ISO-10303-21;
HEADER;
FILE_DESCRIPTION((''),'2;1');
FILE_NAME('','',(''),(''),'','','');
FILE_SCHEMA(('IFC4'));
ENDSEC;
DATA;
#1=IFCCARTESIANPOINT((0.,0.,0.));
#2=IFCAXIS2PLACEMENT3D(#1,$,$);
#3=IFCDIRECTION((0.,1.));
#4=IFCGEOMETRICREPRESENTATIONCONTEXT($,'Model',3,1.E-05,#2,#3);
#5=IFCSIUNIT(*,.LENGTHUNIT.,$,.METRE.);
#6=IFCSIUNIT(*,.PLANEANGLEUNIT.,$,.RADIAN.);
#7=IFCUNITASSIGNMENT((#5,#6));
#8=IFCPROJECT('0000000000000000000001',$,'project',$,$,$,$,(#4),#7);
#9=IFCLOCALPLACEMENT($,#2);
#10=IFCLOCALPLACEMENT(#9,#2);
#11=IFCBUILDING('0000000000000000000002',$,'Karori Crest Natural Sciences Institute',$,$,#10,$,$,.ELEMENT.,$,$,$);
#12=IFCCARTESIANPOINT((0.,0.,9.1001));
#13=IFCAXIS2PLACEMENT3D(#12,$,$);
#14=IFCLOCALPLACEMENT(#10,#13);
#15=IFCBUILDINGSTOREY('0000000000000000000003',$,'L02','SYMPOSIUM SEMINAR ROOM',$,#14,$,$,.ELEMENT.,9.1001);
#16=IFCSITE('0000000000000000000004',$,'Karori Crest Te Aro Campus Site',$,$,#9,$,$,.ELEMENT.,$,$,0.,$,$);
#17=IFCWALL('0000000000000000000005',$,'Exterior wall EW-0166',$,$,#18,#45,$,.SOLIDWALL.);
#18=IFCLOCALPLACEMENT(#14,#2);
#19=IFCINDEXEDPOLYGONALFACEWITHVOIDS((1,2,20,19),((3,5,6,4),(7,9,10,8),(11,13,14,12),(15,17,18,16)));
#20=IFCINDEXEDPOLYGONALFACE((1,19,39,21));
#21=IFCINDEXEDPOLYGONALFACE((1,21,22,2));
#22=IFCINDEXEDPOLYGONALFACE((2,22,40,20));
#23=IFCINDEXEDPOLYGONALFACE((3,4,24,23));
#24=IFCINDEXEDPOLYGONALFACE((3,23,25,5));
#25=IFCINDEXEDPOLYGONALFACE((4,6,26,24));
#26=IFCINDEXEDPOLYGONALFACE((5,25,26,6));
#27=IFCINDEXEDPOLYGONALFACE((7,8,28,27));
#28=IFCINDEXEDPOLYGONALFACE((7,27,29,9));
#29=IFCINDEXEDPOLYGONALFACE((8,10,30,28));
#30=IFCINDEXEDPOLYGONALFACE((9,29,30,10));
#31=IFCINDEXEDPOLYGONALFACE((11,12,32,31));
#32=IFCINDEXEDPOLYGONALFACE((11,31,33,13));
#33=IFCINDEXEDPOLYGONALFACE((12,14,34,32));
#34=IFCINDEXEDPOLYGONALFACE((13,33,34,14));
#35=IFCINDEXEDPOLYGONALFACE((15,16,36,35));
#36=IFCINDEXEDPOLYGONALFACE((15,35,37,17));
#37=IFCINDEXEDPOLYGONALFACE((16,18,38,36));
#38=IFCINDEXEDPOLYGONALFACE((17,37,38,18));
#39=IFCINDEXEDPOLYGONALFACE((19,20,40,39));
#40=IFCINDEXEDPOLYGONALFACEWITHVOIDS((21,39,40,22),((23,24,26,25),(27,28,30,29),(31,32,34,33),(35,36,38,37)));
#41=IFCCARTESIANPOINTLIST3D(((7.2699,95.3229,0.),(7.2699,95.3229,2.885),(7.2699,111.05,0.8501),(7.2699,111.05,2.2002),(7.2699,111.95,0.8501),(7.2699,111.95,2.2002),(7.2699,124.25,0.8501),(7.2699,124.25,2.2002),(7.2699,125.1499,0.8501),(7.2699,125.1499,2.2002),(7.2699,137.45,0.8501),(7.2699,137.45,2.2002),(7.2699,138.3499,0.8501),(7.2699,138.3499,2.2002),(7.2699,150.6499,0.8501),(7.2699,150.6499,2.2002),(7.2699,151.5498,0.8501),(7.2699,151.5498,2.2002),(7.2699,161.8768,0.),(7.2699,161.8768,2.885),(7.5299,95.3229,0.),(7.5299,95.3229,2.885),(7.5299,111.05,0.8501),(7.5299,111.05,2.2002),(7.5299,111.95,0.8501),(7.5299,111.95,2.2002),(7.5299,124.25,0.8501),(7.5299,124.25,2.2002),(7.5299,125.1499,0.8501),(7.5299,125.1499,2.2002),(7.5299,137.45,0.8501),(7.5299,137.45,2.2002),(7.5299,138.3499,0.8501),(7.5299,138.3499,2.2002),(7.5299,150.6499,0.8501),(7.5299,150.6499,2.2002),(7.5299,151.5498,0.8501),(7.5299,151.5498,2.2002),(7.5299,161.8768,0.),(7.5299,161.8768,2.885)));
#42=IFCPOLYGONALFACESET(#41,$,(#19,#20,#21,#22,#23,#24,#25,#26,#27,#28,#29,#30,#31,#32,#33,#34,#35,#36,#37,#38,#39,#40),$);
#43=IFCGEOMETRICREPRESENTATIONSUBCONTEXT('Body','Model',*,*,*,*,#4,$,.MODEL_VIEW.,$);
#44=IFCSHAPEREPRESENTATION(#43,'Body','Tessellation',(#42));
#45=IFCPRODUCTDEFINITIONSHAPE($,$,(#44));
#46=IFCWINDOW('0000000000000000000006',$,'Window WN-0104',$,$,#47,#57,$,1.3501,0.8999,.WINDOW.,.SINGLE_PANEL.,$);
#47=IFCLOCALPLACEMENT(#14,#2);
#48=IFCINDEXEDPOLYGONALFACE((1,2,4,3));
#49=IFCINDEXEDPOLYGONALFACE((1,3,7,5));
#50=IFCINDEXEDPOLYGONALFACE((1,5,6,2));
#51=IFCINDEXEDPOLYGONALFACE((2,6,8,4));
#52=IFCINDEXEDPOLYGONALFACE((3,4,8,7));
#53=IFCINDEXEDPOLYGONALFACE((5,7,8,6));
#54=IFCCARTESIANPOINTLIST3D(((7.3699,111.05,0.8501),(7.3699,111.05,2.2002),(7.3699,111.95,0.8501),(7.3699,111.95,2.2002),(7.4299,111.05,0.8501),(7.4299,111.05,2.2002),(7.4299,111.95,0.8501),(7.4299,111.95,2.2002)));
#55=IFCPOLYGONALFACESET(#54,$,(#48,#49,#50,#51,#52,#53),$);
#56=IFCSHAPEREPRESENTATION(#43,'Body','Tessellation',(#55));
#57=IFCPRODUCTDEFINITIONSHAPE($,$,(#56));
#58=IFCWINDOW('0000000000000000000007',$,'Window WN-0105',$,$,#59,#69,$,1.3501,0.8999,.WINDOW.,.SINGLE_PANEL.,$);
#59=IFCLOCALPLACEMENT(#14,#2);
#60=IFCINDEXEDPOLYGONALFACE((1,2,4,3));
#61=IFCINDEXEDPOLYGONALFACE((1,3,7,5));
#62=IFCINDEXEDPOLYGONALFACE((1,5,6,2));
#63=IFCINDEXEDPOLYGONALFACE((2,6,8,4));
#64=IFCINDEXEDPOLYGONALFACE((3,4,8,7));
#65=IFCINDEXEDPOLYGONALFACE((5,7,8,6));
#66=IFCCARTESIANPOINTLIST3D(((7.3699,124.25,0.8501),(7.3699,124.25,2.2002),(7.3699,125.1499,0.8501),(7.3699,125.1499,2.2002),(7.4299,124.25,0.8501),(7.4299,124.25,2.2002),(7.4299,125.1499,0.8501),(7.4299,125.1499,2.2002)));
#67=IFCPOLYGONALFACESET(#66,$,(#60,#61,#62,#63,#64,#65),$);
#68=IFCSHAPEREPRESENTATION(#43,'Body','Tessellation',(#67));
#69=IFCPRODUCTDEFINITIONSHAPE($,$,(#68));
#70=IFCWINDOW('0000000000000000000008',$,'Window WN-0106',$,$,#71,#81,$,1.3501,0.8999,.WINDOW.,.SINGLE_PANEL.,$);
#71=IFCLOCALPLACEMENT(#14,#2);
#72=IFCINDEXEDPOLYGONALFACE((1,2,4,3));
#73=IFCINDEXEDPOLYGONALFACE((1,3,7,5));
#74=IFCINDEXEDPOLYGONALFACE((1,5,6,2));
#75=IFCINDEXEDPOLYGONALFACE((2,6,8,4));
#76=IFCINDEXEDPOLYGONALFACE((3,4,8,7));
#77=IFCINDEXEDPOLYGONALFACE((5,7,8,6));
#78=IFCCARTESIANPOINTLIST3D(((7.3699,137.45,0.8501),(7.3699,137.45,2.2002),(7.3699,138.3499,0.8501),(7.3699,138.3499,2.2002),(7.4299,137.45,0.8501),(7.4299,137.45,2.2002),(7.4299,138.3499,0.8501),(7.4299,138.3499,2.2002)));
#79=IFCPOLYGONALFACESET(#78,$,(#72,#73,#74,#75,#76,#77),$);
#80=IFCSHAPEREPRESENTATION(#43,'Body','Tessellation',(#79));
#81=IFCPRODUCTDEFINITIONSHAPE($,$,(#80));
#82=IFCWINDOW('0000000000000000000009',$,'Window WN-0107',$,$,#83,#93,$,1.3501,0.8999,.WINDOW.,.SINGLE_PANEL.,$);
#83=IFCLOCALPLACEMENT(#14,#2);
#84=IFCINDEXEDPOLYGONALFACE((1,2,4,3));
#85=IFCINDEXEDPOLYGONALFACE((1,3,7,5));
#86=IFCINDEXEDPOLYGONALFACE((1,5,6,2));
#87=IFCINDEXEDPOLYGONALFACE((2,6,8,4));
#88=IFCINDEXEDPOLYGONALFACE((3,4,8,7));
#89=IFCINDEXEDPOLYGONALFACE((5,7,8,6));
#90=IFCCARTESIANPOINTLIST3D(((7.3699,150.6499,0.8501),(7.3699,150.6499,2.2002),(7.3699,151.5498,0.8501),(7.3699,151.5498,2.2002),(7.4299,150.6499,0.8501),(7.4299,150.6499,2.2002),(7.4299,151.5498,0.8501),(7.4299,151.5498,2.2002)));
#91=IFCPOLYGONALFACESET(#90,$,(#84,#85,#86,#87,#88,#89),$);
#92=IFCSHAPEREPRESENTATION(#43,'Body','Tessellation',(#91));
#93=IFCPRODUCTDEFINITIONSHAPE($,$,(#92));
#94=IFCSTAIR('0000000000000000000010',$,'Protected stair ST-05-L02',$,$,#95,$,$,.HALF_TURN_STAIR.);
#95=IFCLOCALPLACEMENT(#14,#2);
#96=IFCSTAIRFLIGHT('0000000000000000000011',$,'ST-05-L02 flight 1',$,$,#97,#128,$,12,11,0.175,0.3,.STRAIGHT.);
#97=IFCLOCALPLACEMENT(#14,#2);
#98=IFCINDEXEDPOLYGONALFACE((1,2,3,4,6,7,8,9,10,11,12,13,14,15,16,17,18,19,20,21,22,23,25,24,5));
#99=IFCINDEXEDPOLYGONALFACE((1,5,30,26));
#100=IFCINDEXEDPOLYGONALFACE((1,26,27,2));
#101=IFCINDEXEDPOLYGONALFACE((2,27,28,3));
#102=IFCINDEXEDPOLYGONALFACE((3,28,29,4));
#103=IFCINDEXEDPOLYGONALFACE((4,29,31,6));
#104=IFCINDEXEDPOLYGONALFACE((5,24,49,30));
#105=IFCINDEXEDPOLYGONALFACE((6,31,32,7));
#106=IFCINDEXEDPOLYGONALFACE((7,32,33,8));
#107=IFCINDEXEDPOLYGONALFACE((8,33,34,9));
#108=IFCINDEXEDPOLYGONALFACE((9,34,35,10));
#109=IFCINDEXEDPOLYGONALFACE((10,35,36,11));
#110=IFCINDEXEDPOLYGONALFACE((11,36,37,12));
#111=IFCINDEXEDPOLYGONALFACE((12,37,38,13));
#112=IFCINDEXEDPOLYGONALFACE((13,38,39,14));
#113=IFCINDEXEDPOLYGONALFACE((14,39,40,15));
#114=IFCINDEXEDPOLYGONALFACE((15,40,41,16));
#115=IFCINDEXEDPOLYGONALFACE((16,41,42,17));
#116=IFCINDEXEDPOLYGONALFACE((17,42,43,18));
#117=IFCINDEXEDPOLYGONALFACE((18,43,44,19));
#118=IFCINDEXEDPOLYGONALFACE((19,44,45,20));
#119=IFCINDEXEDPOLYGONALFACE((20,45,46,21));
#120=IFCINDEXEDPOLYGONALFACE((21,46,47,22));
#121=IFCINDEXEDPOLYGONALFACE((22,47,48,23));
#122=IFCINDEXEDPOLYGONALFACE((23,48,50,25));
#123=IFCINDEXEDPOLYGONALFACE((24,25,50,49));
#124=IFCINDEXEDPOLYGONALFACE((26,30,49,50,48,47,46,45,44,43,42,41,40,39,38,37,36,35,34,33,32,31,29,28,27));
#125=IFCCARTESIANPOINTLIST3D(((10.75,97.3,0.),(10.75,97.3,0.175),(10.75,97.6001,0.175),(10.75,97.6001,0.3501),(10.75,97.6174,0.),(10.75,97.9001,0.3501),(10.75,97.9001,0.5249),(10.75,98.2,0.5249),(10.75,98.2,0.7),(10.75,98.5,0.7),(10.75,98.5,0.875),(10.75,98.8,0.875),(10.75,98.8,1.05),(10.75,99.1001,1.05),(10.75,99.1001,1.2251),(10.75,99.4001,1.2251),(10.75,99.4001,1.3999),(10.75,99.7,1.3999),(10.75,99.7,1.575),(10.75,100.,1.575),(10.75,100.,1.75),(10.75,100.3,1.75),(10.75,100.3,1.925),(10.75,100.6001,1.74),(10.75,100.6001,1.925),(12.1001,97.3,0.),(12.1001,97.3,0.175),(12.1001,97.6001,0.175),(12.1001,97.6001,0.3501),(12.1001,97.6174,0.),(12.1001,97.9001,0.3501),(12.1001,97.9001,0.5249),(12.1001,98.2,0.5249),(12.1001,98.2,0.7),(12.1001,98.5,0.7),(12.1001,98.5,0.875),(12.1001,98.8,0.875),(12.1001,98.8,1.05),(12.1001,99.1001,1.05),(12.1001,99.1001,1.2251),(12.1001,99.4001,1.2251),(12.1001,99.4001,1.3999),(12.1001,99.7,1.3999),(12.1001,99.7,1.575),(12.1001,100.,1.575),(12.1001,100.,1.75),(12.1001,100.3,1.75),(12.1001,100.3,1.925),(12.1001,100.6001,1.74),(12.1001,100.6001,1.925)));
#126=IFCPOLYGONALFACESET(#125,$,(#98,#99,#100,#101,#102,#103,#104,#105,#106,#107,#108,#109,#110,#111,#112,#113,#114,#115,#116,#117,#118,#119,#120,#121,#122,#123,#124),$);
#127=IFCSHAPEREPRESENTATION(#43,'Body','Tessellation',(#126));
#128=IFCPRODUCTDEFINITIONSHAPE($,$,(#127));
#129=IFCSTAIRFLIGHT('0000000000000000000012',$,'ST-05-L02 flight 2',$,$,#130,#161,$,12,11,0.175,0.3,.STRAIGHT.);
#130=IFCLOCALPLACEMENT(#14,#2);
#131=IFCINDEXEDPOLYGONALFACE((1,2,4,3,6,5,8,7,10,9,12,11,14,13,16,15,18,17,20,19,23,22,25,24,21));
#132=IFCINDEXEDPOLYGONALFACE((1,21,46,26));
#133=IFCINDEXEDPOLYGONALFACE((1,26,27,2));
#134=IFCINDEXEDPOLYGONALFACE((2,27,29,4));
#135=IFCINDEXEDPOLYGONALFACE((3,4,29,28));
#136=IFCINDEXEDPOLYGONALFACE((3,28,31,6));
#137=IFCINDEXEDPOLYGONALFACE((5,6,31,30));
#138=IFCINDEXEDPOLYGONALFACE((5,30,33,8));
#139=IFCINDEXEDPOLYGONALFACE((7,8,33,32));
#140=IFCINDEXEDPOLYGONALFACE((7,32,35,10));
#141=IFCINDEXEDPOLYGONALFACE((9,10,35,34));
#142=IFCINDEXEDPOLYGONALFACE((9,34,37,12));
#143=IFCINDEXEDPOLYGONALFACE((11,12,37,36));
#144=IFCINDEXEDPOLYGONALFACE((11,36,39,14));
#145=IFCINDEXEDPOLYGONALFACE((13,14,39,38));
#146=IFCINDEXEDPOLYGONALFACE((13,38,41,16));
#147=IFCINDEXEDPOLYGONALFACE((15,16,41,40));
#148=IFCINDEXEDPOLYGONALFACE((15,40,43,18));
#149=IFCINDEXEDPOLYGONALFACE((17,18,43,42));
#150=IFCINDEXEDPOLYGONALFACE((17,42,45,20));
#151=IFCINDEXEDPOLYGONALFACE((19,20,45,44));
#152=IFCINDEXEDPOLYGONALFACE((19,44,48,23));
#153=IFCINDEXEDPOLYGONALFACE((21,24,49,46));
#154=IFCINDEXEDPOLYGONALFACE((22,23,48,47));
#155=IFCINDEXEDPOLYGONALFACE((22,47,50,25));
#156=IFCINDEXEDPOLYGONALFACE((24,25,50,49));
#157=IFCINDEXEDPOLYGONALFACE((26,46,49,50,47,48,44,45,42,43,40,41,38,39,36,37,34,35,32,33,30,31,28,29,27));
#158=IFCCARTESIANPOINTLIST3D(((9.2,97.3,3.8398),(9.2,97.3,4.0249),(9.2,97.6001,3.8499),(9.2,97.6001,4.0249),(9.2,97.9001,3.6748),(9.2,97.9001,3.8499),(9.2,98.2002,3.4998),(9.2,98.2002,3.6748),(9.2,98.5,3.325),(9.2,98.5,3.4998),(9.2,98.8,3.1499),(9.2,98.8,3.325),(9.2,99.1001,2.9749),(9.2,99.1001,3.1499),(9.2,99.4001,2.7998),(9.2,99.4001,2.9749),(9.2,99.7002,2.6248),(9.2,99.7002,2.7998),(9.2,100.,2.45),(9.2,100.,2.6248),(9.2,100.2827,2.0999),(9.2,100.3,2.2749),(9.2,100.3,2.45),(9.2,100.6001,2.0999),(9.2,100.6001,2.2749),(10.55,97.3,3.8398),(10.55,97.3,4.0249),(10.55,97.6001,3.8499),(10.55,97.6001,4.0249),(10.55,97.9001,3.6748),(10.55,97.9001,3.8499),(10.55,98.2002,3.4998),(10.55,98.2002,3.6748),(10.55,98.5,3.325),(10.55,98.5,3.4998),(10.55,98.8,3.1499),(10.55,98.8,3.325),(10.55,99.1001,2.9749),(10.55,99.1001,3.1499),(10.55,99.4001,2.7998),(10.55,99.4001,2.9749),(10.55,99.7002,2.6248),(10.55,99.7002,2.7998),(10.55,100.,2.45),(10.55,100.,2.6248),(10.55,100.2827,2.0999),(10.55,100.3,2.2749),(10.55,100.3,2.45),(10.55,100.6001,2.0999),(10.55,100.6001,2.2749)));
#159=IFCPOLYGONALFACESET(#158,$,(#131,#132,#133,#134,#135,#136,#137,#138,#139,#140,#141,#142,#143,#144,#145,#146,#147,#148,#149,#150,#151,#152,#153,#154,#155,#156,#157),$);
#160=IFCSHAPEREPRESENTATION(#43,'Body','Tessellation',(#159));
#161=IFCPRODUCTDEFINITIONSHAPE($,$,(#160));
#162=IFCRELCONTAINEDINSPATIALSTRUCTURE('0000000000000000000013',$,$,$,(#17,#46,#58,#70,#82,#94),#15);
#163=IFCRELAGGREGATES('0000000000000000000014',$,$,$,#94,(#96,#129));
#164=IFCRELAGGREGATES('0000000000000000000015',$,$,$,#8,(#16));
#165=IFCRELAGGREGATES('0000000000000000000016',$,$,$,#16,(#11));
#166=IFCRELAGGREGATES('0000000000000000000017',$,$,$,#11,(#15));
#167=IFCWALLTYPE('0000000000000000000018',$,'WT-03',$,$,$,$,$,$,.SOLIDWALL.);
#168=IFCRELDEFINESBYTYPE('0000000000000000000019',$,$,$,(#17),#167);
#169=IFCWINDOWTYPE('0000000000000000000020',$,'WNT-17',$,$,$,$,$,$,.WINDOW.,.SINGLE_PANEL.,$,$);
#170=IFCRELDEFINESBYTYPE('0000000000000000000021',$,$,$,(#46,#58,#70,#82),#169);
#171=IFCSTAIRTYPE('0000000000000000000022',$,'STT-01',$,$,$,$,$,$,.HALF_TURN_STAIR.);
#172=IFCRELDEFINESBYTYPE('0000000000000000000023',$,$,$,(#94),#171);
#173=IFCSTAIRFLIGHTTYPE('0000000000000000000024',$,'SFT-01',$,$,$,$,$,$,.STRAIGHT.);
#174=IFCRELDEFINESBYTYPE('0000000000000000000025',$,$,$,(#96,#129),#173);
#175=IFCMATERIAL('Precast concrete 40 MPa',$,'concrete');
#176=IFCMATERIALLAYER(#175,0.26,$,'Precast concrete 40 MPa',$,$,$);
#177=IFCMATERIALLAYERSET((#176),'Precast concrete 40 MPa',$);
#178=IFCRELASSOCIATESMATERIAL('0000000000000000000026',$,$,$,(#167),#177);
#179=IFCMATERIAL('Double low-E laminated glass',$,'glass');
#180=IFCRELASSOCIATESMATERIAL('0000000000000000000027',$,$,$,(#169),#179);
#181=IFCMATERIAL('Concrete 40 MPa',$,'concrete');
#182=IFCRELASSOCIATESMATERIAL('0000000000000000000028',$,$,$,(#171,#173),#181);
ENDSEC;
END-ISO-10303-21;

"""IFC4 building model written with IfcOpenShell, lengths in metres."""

from ifc_helpers import new_model, si_unit, direction, frame, frame_2d, origin, place, context, subcontext, project, spatial, polyline, rectangle, outline, extrude, material, layer, layer_set, type_object, element, fill, aggregate, save


model = new_model("IFC4")

# Units and contexts
model_context = context("Model", 3, precision=1e-05, world=origin(), true_north=direction((0.0, 1.0)))
body_context = subcontext(model_context, "Body", "Model", "MODEL_VIEW")
ifc_project = project(units=[si_unit("LENGTHUNIT", "METRE"), si_unit("PLANEANGLEUNIT", "RADIAN")], contexts=[model_context])

# Site, building, storey
site_placement = place(None, origin())
site = spatial("IfcSite", under=ifc_project, at=site_placement, Name="Karori Crest Te Aro Campus Site", CompositionType="ELEMENT", RefElevation=0.0)
building_placement = place(site_placement, origin())
building = spatial("IfcBuilding", under=site, at=building_placement, Name="Karori Crest Natural Sciences Institute", CompositionType="ELEMENT")
storey_placement = place(building_placement, frame((0.0, 0.0, 9.1001)))
storey = spatial("IfcBuildingStorey", under=building, at=storey_placement, Name="L02", Description="SYMPOSIUM SEMINAR ROOM", CompositionType="ELEMENT", Elevation=9.1001)

# Wall, openings, windows
ifc_material_1 = material(Name="Precast concrete 40 MPa", Category="concrete")
ifc_layer_1 = layer(ifc_material_1, 0.26, Name="Precast concrete 40 MPa")
ifc_layer_set_1 = layer_set([ifc_layer_1], Name="Precast concrete 40 MPa")
wall_type_1 = type_object("IfcWallType", Name="WT-03", PredefinedType="SOLIDWALL", material=ifc_layer_set_1)
wall_1_placement = place(storey_placement, frame((7.3999, 95.323, 0.0), z_axis=(0.0, 0.0, 1.0), x_axis=(0.0, 1.0, 0.0)))
wall_1 = element("IfcWall", 1, at=wall_1_placement, inside=storey, type_object=wall_type_1, Name="Exterior wall EW-0166", PredefinedType="SOLIDWALL", context=body_context, shape_type="SweptSolid", body=[
    extrude(rectangle(XDim=66.554, YDim=0.26, at=frame_2d((33.2769, 0.0))), origin(), (0.0, 0.0, 1.0), 2.885),
])
opening_1_placement = place(wall_1_placement, frame((15.7271, 0.0, 0.8501)))
opening_1 = element("IfcOpeningElement", 2, at=opening_1_placement, cuts=wall_1, PredefinedType="OPENING", context=body_context, shape_type="SweptSolid", body=[
    extrude(rectangle(XDim=0.8999, YDim=1.3501, at=frame_2d((0.45, 0.675))), frame((0.0, 0.1401, 0.0), z_axis=(0.0, -1.0, 0.0), x_axis=(1.0, 0.0, 0.0)), (0.0, 0.0, 1.0), 0.28),
])
opening_2_placement = place(wall_1_placement, frame((28.927, 0.0, 0.8501)))
opening_2 = element("IfcOpeningElement", 3, at=opening_2_placement, cuts=wall_1, PredefinedType="OPENING", context=body_context, shape_type="SweptSolid", body=[
    extrude(rectangle(XDim=0.8999, YDim=1.3501, at=frame_2d((0.45, 0.675))), frame((0.0, 0.1401, 0.0), z_axis=(0.0, -1.0, 0.0), x_axis=(1.0, 0.0, 0.0)), (0.0, 0.0, 1.0), 0.28),
])
opening_3_placement = place(wall_1_placement, frame((42.127, 0.0, 0.8501)))
opening_3 = element("IfcOpeningElement", 4, at=opening_3_placement, cuts=wall_1, PredefinedType="OPENING", context=body_context, shape_type="SweptSolid", body=[
    extrude(rectangle(XDim=0.8999, YDim=1.3501, at=frame_2d((0.45, 0.675))), frame((0.0, 0.1401, 0.0), z_axis=(0.0, -1.0, 0.0), x_axis=(1.0, 0.0, 0.0)), (0.0, 0.0, 1.0), 0.28),
])
opening_4_placement = place(wall_1_placement, frame((55.3269, 0.0, 0.8501)))
opening_4 = element("IfcOpeningElement", 5, at=opening_4_placement, cuts=wall_1, PredefinedType="OPENING", context=body_context, shape_type="SweptSolid", body=[
    extrude(rectangle(XDim=0.8999, YDim=1.3501, at=frame_2d((0.45, 0.675))), frame((0.0, 0.1401, 0.0), z_axis=(0.0, -1.0, 0.0), x_axis=(1.0, 0.0, 0.0)), (0.0, 0.0, 1.0), 0.28),
])
ifc_material_2 = material(Name="Double low-E laminated glass", Category="glass")
window_type = type_object("IfcWindowType", Name="WNT-17", PartitioningType="SINGLE_PANEL", PredefinedType="WINDOW", material=ifc_material_2)
window_1_placement = place(opening_1_placement, origin())
window_1 = element("IfcWindow", 6, at=window_1_placement, inside=storey, type_object=window_type, Name="Window WN-0104", OverallHeight=1.3501, OverallWidth=0.8999, PartitioningType="SINGLE_PANEL", PredefinedType="WINDOW", context=body_context, shape_type="SweptSolid", body=[
    extrude(rectangle(XDim=0.8999, YDim=1.3501, at=frame_2d((0.45, 0.675))), frame((0.0, 0.03, 0.0), z_axis=(0.0, -1.0, 0.0), x_axis=(1.0, 0.0, 0.0)), (0.0, 0.0, 1.0), 0.0601),
])
fill(opening_1, window_1)
window_2_placement = place(opening_2_placement, origin())
window_2 = element("IfcWindow", 7, at=window_2_placement, inside=storey, type_object=window_type, Name="Window WN-0105", OverallHeight=1.3501, OverallWidth=0.8999, PartitioningType="SINGLE_PANEL", PredefinedType="WINDOW", context=body_context, shape_type="SweptSolid", body=[
    extrude(rectangle(XDim=0.8999, YDim=1.3501, at=frame_2d((0.45, 0.675))), frame((0.0, 0.03, 0.0), z_axis=(0.0, -1.0, 0.0), x_axis=(1.0, 0.0, 0.0)), (0.0, 0.0, 1.0), 0.0601),
])
fill(opening_2, window_2)
window_3_placement = place(opening_3_placement, origin())
window_3 = element("IfcWindow", 8, at=window_3_placement, inside=storey, type_object=window_type, Name="Window WN-0106", OverallHeight=1.3501, OverallWidth=0.8999, PartitioningType="SINGLE_PANEL", PredefinedType="WINDOW", context=body_context, shape_type="SweptSolid", body=[
    extrude(rectangle(XDim=0.8999, YDim=1.3501, at=frame_2d((0.45, 0.675))), frame((0.0, 0.03, 0.0), z_axis=(0.0, -1.0, 0.0), x_axis=(1.0, 0.0, 0.0)), (0.0, 0.0, 1.0), 0.0601),
])
fill(opening_3, window_3)
window_4_placement = place(opening_4_placement, origin())
window_4 = element("IfcWindow", 9, at=window_4_placement, inside=storey, type_object=window_type, Name="Window WN-0107", OverallHeight=1.3501, OverallWidth=0.8999, PartitioningType="SINGLE_PANEL", PredefinedType="WINDOW", context=body_context, shape_type="SweptSolid", body=[
    extrude(rectangle(XDim=0.8999, YDim=1.3501, at=frame_2d((0.45, 0.675))), frame((0.0, 0.03, 0.0), z_axis=(0.0, -1.0, 0.0), x_axis=(1.0, 0.0, 0.0)), (0.0, 0.0, 1.0), 0.0601),
])
fill(opening_4, window_4)

# Stair, stair flights
ifc_material_3 = material(Name="Concrete 40 MPa", Category="concrete")
stair_type = type_object("IfcStairType", Name="STT-01", PredefinedType="HALF_TURN_STAIR", material=ifc_material_3)
stair_placement = place(storey_placement, origin())
stair = element("IfcStair", 10, at=stair_placement, inside=storey, type_object=stair_type, Name="Protected stair ST-05-L02", PredefinedType="HALF_TURN_STAIR")
stair_flight_type = type_object("IfcStairFlightType", Name="SFT-01", PredefinedType="STRAIGHT", material=ifc_material_3)
stair_flight_1_placement = place(storey_placement, frame((11.425, 97.3, 0.0), z_axis=(0.0, 0.0, 1.0), x_axis=(0.0, 1.0, 0.0)))
stair_flight_1 = element("IfcStairFlight", 11, at=stair_flight_1_placement, type_object=stair_flight_type, Name="ST-05-L02 flight 1", NumberOfRisers=12, NumberOfTreads=11, PredefinedType="STRAIGHT", RiserHeight=0.175, TreadLength=0.3, context=body_context, shape_type="SweptSolid", body=[
    extrude(outline(polyline([(0.0, 0.0), (0.0, 0.175), (0.3, 0.175), (0.3, 0.3501), (0.6001, 0.3501), (0.6001, 0.5249), (0.8999, 0.5249), (0.8999, 0.7), (1.2, 0.7), (1.2, 0.875), (1.5, 0.875), (1.5, 1.05), (1.8, 1.05), (1.8, 1.2251), (2.1001, 1.2251), (2.1001, 1.3999), (2.3999, 1.3999), (2.3999, 1.575), (2.7, 1.575), (2.7, 1.75), (3.0, 1.75), (3.0, 1.925), (3.3, 1.925), (3.3, 2.1001), (3.3, 1.74), (0.3174, 0.0), (0.0, 0.0)])), frame((0.0, 0.675, 0.0), z_axis=(0.0, -1.0, 0.0), x_axis=(1.0, 0.0, 0.0)), (0.0, 0.0, 1.0), 1.3501),
])
stair_flight_2_placement = place(storey_placement, frame((9.875, 100.6001, 2.0999), z_axis=(0.0, 0.0, 1.0), x_axis=(0.0, -1.0, 0.0)))
stair_flight_2 = element("IfcStairFlight", 12, at=stair_flight_2_placement, type_object=stair_flight_type, Name="ST-05-L02 flight 2", NumberOfRisers=12, NumberOfTreads=11, PredefinedType="STRAIGHT", RiserHeight=0.175, TreadLength=0.3, context=body_context, shape_type="SweptSolid", body=[
    extrude(outline(polyline([(0.0, 0.0), (0.0, 0.175), (0.3, 0.175), (0.3, 0.3501), (0.6001, 0.3501), (0.6001, 0.5249), (0.8999, 0.5249), (0.8999, 0.7), (1.2, 0.7), (1.2, 0.875), (1.5, 0.875), (1.5, 1.05), (1.8, 1.05), (1.8, 1.2251), (2.1001, 1.2251), (2.1001, 1.3999), (2.3999, 1.3999), (2.3999, 1.575), (2.7, 1.575), (2.7, 1.75), (3.0, 1.75), (3.0, 1.925), (3.3, 1.925), (3.3, 2.1001), (3.3, 1.74), (0.3174, 0.0), (0.0, 0.0)])), frame((0.0, 0.675, 0.0), z_axis=(0.0, -1.0, 0.0), x_axis=(1.0, 0.0, 0.0)), (0.0, 0.0, 1.0), 1.3501),
])
aggregate(stair, [stair_flight_1, stair_flight_2])

save(model, "model.ifc")
